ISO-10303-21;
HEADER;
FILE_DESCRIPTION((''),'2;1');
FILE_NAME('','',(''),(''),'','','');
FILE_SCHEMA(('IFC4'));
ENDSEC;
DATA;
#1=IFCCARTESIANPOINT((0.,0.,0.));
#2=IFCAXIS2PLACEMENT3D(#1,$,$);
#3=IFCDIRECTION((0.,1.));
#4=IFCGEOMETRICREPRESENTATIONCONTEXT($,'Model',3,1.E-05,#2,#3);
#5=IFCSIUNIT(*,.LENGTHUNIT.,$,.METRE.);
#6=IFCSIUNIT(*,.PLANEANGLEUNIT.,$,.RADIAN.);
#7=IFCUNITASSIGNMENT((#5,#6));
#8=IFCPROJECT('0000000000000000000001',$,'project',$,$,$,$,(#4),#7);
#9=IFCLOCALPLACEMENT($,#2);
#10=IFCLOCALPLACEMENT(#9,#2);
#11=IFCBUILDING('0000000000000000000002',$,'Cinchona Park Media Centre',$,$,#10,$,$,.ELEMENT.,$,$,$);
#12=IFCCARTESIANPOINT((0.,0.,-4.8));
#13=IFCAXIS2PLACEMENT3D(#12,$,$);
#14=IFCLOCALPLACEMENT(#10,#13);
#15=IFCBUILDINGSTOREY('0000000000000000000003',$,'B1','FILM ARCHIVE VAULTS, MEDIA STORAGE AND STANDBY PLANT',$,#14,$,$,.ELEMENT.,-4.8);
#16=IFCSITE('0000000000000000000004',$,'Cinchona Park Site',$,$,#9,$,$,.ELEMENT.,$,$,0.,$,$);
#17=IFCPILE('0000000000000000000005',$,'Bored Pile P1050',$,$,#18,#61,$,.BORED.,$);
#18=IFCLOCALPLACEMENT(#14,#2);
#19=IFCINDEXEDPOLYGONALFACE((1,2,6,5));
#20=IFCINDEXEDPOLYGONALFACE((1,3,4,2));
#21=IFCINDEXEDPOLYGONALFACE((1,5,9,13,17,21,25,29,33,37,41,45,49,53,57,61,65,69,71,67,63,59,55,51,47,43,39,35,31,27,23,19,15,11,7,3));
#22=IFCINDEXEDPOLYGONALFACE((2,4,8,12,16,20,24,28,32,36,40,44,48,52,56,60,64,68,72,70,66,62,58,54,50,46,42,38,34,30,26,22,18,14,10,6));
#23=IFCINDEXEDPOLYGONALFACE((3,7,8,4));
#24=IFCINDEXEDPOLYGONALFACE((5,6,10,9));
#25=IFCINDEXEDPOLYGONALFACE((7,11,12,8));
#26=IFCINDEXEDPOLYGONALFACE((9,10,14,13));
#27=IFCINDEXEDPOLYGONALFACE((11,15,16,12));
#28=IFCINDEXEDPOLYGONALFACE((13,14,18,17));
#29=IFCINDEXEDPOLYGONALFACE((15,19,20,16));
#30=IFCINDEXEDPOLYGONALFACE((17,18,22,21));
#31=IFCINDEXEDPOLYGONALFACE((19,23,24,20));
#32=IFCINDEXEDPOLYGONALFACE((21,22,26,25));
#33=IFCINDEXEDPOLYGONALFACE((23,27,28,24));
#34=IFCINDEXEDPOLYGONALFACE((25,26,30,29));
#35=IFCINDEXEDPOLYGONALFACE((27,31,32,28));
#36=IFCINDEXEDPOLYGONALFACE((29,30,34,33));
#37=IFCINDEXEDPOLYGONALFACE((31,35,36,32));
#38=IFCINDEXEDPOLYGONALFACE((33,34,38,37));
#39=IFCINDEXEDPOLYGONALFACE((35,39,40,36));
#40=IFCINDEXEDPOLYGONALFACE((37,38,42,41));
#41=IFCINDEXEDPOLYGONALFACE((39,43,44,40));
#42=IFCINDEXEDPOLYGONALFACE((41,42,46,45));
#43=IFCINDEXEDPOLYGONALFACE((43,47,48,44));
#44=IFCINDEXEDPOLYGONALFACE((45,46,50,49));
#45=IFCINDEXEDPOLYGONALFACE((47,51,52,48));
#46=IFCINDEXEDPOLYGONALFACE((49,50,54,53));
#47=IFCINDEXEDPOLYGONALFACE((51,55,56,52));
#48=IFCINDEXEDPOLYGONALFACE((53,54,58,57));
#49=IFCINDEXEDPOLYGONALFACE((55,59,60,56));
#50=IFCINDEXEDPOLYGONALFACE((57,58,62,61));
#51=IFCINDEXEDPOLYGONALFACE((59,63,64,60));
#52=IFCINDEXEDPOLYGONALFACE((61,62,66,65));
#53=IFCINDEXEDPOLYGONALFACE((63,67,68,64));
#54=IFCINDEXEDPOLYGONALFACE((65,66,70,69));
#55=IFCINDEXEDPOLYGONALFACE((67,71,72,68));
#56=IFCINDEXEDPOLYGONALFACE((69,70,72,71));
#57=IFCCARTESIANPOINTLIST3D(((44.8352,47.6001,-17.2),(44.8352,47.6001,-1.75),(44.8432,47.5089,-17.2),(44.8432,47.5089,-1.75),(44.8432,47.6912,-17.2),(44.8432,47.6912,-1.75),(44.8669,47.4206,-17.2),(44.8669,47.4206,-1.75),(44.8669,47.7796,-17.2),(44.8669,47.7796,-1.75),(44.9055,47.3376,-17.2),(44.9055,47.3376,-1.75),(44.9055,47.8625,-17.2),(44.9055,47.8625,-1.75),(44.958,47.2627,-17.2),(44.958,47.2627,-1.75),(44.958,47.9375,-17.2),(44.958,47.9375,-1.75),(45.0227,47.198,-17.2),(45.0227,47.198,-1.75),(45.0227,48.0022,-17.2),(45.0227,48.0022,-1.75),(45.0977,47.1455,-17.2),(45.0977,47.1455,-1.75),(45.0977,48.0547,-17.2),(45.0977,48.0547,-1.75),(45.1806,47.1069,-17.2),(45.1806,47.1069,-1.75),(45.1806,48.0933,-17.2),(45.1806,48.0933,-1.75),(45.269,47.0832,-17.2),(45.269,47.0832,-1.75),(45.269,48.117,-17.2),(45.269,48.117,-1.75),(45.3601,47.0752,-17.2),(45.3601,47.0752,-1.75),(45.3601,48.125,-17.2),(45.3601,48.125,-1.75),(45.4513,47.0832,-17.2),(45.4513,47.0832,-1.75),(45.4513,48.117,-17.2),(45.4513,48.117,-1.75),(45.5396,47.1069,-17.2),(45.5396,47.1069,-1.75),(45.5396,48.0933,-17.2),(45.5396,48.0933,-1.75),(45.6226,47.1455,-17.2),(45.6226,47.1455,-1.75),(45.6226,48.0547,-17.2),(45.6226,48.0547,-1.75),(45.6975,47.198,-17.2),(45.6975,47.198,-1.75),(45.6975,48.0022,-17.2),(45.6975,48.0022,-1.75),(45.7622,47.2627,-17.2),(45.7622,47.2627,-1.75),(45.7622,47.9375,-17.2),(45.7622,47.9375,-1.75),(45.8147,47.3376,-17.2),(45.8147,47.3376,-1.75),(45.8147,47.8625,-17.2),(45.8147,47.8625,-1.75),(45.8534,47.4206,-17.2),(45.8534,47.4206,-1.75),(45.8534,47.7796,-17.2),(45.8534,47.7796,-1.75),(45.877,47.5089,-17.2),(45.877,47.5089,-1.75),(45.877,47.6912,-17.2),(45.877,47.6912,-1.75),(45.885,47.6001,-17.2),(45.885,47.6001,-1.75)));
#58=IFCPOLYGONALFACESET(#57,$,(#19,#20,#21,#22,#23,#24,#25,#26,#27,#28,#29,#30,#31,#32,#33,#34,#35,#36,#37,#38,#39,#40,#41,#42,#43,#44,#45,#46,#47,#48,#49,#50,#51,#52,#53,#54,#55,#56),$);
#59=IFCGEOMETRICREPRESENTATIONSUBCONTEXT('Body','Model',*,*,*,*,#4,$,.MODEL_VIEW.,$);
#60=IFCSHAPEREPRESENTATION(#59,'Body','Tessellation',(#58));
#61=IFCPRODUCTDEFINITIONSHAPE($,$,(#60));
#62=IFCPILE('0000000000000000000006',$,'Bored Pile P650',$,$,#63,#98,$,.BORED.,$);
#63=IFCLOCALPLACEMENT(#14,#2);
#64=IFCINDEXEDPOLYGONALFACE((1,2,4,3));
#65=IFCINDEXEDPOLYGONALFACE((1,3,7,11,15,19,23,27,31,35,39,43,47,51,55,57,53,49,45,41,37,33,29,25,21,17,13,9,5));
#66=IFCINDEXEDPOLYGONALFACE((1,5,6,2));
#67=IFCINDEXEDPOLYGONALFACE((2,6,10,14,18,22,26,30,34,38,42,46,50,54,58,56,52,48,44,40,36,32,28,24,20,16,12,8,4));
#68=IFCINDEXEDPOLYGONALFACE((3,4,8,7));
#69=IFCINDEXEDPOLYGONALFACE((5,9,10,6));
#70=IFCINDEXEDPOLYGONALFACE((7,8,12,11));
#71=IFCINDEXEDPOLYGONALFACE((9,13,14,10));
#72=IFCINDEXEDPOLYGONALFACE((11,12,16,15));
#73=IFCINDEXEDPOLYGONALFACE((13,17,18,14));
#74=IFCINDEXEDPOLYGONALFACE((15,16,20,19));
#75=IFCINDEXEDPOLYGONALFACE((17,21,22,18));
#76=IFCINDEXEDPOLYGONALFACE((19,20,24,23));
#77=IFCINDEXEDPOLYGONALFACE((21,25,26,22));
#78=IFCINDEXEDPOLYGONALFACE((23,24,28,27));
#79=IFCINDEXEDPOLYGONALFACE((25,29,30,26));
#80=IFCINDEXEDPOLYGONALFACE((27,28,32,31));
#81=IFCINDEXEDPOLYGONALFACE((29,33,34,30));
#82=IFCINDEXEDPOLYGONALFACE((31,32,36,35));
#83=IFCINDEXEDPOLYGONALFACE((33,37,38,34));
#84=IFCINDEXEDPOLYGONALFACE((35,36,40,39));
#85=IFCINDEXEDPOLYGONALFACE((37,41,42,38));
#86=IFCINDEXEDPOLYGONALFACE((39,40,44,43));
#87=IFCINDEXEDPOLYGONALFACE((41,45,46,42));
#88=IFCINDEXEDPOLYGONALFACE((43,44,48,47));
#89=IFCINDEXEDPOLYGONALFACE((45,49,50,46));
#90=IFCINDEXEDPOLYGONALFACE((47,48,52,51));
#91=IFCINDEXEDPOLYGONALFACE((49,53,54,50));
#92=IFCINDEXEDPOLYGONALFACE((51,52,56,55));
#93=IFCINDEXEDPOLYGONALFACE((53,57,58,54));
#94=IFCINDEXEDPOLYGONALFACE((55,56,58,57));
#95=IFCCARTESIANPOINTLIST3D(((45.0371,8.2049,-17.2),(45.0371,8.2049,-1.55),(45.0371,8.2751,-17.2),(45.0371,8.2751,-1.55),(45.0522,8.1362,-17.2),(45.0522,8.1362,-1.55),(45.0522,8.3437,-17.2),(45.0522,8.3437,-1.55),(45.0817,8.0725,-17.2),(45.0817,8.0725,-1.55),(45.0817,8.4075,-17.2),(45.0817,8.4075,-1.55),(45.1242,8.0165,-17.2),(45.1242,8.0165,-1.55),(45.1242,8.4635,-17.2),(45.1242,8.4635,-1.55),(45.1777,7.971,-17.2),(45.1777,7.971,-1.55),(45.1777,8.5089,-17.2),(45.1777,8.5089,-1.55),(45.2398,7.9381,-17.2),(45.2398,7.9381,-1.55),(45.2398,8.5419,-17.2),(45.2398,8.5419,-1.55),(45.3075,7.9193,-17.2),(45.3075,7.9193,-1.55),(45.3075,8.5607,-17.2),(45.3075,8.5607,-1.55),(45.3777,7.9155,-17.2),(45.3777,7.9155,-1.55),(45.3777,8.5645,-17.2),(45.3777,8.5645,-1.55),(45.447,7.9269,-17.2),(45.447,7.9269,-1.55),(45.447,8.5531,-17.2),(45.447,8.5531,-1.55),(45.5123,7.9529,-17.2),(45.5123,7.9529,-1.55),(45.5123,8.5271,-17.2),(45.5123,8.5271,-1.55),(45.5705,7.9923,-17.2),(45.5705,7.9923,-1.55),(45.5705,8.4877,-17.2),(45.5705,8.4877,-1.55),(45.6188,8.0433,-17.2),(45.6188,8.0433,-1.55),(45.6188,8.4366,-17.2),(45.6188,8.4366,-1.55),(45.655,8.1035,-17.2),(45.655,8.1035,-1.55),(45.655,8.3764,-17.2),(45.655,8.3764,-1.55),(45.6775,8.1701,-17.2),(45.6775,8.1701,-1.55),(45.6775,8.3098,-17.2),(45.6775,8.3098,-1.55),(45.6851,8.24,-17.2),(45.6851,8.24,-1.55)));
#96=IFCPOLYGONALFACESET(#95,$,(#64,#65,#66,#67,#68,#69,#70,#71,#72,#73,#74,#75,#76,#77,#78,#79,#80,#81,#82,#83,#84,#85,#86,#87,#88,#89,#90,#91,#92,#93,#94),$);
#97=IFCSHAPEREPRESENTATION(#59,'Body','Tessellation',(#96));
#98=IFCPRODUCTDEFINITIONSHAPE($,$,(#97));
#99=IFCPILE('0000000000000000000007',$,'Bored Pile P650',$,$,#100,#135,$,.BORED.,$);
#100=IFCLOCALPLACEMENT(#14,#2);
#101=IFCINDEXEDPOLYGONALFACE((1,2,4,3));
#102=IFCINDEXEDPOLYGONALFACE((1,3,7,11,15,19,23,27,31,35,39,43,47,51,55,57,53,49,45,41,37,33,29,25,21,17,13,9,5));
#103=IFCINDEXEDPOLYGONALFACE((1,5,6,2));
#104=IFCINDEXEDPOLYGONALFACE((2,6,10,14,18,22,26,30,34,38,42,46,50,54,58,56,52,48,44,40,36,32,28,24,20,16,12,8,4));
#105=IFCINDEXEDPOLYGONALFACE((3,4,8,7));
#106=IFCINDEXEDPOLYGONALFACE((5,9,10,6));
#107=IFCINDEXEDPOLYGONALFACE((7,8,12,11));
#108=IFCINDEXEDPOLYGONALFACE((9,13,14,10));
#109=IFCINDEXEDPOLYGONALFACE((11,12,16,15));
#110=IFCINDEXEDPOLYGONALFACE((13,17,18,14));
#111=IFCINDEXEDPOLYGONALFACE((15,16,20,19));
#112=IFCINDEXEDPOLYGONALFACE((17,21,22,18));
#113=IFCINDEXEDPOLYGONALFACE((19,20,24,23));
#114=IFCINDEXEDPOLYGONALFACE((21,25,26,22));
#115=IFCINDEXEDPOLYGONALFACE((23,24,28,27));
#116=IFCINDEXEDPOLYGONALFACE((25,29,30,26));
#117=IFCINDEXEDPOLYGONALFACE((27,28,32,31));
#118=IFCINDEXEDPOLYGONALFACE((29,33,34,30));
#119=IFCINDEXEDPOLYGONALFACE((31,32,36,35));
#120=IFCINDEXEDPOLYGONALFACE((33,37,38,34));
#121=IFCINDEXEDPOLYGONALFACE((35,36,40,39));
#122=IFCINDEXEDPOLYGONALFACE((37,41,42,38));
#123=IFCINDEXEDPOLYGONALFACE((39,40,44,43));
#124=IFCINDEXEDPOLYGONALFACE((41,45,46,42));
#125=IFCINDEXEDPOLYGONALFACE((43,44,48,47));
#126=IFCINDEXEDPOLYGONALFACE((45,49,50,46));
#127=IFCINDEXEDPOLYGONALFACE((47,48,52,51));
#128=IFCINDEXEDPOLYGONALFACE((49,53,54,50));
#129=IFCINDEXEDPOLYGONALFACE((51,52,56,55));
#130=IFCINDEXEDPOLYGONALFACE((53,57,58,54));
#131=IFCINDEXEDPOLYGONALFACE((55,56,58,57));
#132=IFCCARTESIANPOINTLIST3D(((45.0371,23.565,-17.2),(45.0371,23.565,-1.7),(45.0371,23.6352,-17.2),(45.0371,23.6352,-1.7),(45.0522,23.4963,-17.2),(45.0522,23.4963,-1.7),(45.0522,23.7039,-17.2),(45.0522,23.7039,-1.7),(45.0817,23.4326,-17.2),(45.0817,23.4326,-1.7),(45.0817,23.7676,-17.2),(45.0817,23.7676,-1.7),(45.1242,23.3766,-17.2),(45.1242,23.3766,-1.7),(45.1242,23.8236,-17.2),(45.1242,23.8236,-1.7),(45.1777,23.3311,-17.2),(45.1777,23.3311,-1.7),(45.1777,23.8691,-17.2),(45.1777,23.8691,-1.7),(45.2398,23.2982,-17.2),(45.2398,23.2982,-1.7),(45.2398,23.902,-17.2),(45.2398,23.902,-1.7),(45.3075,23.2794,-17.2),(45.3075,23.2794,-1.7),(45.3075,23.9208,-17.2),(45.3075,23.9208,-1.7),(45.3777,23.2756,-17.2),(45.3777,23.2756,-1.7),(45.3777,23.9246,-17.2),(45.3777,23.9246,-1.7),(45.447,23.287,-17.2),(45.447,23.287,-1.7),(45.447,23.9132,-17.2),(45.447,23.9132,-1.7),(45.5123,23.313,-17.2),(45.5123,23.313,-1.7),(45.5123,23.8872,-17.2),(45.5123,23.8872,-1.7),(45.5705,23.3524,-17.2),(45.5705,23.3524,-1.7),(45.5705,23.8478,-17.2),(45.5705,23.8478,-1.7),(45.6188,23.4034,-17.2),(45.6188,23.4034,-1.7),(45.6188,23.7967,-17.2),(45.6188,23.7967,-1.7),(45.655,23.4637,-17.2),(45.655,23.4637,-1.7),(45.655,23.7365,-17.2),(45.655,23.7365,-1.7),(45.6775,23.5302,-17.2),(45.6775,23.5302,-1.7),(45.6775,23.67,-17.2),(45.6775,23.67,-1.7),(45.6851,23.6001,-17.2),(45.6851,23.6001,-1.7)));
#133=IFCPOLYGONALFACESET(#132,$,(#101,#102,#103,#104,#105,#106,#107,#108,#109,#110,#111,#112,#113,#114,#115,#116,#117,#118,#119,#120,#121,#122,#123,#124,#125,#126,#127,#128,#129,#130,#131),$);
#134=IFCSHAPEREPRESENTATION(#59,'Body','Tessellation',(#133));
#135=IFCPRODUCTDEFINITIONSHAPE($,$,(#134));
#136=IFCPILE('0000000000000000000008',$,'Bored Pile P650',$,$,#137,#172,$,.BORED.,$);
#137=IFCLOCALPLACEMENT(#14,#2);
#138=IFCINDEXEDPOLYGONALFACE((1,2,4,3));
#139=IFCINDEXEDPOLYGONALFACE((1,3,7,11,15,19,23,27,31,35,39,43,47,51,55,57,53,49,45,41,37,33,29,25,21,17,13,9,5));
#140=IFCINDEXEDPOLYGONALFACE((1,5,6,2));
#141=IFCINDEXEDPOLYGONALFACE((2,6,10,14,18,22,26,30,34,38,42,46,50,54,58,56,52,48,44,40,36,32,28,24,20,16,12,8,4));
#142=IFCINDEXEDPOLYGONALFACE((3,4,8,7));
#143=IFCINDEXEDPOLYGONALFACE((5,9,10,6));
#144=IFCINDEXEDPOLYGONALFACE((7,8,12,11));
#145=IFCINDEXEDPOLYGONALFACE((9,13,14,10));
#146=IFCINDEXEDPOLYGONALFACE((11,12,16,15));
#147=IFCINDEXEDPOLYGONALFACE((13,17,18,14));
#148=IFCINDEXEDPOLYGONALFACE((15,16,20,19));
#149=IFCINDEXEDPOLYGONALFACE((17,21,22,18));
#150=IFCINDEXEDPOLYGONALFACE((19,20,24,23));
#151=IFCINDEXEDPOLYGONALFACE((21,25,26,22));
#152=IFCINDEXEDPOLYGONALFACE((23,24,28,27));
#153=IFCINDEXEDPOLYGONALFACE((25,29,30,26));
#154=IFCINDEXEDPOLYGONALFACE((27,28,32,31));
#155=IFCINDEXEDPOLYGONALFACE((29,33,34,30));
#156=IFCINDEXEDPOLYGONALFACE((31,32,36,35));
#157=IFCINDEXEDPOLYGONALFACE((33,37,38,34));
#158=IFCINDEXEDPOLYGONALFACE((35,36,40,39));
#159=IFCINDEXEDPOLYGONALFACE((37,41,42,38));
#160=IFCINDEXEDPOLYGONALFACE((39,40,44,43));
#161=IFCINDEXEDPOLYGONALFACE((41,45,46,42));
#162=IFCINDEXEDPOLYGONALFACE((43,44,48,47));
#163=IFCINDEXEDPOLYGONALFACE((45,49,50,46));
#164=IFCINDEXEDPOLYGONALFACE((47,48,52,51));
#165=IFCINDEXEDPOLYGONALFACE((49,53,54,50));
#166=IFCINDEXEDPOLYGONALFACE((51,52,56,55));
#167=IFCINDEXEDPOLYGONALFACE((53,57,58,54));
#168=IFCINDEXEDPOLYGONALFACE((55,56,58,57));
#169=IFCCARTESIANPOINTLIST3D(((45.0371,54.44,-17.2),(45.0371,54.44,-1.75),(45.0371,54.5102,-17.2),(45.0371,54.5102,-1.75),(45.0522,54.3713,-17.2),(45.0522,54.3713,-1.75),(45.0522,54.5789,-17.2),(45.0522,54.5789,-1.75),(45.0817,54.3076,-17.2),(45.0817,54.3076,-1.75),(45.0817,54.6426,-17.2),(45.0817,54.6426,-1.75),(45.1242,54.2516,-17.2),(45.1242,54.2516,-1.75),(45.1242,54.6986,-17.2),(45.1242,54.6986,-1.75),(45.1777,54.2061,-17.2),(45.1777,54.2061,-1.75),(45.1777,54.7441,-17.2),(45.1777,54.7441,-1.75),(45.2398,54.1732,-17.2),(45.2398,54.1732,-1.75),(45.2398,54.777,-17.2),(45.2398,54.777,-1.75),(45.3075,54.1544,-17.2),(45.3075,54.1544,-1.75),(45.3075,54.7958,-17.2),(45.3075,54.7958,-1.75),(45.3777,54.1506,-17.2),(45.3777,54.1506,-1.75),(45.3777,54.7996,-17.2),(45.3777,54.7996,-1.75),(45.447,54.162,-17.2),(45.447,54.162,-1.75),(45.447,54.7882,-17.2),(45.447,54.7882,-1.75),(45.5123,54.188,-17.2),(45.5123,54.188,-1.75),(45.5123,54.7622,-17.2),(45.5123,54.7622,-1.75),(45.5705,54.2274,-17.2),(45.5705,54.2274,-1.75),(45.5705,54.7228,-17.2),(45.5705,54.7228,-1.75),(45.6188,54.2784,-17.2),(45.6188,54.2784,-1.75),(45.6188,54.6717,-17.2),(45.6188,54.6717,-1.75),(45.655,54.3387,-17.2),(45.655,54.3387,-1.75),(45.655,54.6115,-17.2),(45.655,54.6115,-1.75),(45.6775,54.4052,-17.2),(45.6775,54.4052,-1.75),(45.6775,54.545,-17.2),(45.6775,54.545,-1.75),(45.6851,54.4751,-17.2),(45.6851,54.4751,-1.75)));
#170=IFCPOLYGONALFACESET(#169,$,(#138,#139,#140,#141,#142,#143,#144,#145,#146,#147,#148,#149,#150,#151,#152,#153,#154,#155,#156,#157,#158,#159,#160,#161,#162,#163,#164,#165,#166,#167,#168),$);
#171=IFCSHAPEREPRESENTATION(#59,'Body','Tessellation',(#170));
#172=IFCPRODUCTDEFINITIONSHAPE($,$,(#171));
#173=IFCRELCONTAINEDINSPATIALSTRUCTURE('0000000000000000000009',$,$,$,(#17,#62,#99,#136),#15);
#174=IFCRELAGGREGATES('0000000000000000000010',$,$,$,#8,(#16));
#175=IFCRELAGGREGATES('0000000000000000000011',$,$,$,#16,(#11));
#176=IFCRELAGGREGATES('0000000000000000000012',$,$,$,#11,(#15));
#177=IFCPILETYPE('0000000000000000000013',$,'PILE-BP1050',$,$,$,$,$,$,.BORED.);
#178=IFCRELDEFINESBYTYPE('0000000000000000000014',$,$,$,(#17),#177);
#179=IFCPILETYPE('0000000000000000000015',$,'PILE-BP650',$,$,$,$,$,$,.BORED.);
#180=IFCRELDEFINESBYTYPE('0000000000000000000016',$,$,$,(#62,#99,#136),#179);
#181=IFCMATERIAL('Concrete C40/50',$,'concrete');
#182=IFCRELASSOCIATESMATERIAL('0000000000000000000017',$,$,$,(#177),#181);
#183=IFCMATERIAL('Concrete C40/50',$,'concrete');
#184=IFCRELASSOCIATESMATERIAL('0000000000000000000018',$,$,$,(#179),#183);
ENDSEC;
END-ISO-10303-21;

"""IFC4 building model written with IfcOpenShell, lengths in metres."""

from ifc_helpers import new_model, si_unit, direction, frame, origin, origin_2d, place, context, subcontext, project, spatial, circle, extrude, material, material_profile, profile_set, type_object, element, save


model = new_model("IFC4")

# Units and contexts
model_context = context("Model", 3, precision=1e-05, world=origin(), true_north=direction((0.0, 1.0)))
body_context = subcontext(model_context, "Body", "Model", "MODEL_VIEW")
ifc_project = project(units=[si_unit("LENGTHUNIT", "METRE"), si_unit("PLANEANGLEUNIT", "RADIAN")], contexts=[model_context])

# Site, building, storey
site_placement = place(None, origin())
site = spatial("IfcSite", under=ifc_project, at=site_placement, Name="Cinchona Park Site", CompositionType="ELEMENT", RefElevation=0.0)
building_placement = place(site_placement, origin())
building = spatial("IfcBuilding", under=site, at=building_placement, Name="Cinchona Park Media Centre", CompositionType="ELEMENT")
storey_placement = place(building_placement, frame((0.0, 0.0, -4.8)))
storey = spatial("IfcBuildingStorey", under=building, at=storey_placement, Name="B1", Description="FILM ARCHIVE VAULTS, MEDIA STORAGE AND STANDBY PLANT", CompositionType="ELEMENT", Elevation=-4.8)

# Piles
ifc_material_1 = material(Name="Concrete C40/50", Category="concrete")
ifc_material_profile_1 = material_profile(ifc_material_1, circle(Radius=0.5249, at=origin_2d()), Name="BORED PILE 1050")
ifc_profile_set_1 = profile_set([ifc_material_profile_1], Name="Concrete C40/50")
pile_type_1 = type_object("IfcPileType", Name="PILE-BP1050", PredefinedType="BORED", material=ifc_profile_set_1)
pile_1_placement = place(storey_placement, frame((45.3601, 47.6001, -1.75), z_axis=(0.0, 0.0, -1.0), x_axis=(1.0, 0.0, 0.0)))
element("IfcPile", 1, at=pile_1_placement, inside=storey, type_object=pile_type_1, Name="Bored Pile P1050", PredefinedType="BORED", context=body_context, shape_type="SweptSolid", body=[
    extrude(circle(Radius=0.5249, at=origin_2d()), origin(), (0.0, 0.0, 1.0), 15.45),
])
ifc_material_2 = material(Name="Concrete C40/50", Category="concrete")
ifc_material_profile_2 = material_profile(ifc_material_2, circle(Radius=0.325, at=origin_2d()), Name="BORED PILE 650")
ifc_profile_set_2 = profile_set([ifc_material_profile_2], Name="Concrete C40/50")
pile_type_2 = type_object("IfcPileType", Name="PILE-BP650", PredefinedType="BORED", material=ifc_profile_set_2)
pile_2_placement = place(storey_placement, frame((45.3601, 8.24, -1.55), z_axis=(0.0, 0.0, -1.0), x_axis=(1.0, 0.0, 0.0)))
element("IfcPile", 2, at=pile_2_placement, inside=storey, type_object=pile_type_2, Name="Bored Pile P650", PredefinedType="BORED", context=body_context, shape_type="SweptSolid", body=[
    extrude(circle(Radius=0.325, at=origin_2d()), origin(), (0.0, 0.0, 1.0), 15.6499),
])
pile_3_placement = place(storey_placement, frame((45.3601, 23.6001, -1.7), z_axis=(0.0, 0.0, -1.0), x_axis=(1.0, 0.0, 0.0)))
element("IfcPile", 3, at=pile_3_placement, inside=storey, type_object=pile_type_2, Name="Bored Pile P650", PredefinedType="BORED", context=body_context, shape_type="SweptSolid", body=[
    extrude(circle(Radius=0.325, at=origin_2d()), origin(), (0.0, 0.0, 1.0), 15.5),
])
pile_4_placement = place(storey_placement, frame((45.3601, 54.4751, -1.75), z_axis=(0.0, 0.0, -1.0), x_axis=(1.0, 0.0, 0.0)))
element("IfcPile", 4, at=pile_4_placement, inside=storey, type_object=pile_type_2, Name="Bored Pile P650", PredefinedType="BORED", context=body_context, shape_type="SweptSolid", body=[
    extrude(circle(Radius=0.325, at=origin_2d()), origin(), (0.0, 0.0, 1.0), 15.45),
])

save(model, "model.ifc")
